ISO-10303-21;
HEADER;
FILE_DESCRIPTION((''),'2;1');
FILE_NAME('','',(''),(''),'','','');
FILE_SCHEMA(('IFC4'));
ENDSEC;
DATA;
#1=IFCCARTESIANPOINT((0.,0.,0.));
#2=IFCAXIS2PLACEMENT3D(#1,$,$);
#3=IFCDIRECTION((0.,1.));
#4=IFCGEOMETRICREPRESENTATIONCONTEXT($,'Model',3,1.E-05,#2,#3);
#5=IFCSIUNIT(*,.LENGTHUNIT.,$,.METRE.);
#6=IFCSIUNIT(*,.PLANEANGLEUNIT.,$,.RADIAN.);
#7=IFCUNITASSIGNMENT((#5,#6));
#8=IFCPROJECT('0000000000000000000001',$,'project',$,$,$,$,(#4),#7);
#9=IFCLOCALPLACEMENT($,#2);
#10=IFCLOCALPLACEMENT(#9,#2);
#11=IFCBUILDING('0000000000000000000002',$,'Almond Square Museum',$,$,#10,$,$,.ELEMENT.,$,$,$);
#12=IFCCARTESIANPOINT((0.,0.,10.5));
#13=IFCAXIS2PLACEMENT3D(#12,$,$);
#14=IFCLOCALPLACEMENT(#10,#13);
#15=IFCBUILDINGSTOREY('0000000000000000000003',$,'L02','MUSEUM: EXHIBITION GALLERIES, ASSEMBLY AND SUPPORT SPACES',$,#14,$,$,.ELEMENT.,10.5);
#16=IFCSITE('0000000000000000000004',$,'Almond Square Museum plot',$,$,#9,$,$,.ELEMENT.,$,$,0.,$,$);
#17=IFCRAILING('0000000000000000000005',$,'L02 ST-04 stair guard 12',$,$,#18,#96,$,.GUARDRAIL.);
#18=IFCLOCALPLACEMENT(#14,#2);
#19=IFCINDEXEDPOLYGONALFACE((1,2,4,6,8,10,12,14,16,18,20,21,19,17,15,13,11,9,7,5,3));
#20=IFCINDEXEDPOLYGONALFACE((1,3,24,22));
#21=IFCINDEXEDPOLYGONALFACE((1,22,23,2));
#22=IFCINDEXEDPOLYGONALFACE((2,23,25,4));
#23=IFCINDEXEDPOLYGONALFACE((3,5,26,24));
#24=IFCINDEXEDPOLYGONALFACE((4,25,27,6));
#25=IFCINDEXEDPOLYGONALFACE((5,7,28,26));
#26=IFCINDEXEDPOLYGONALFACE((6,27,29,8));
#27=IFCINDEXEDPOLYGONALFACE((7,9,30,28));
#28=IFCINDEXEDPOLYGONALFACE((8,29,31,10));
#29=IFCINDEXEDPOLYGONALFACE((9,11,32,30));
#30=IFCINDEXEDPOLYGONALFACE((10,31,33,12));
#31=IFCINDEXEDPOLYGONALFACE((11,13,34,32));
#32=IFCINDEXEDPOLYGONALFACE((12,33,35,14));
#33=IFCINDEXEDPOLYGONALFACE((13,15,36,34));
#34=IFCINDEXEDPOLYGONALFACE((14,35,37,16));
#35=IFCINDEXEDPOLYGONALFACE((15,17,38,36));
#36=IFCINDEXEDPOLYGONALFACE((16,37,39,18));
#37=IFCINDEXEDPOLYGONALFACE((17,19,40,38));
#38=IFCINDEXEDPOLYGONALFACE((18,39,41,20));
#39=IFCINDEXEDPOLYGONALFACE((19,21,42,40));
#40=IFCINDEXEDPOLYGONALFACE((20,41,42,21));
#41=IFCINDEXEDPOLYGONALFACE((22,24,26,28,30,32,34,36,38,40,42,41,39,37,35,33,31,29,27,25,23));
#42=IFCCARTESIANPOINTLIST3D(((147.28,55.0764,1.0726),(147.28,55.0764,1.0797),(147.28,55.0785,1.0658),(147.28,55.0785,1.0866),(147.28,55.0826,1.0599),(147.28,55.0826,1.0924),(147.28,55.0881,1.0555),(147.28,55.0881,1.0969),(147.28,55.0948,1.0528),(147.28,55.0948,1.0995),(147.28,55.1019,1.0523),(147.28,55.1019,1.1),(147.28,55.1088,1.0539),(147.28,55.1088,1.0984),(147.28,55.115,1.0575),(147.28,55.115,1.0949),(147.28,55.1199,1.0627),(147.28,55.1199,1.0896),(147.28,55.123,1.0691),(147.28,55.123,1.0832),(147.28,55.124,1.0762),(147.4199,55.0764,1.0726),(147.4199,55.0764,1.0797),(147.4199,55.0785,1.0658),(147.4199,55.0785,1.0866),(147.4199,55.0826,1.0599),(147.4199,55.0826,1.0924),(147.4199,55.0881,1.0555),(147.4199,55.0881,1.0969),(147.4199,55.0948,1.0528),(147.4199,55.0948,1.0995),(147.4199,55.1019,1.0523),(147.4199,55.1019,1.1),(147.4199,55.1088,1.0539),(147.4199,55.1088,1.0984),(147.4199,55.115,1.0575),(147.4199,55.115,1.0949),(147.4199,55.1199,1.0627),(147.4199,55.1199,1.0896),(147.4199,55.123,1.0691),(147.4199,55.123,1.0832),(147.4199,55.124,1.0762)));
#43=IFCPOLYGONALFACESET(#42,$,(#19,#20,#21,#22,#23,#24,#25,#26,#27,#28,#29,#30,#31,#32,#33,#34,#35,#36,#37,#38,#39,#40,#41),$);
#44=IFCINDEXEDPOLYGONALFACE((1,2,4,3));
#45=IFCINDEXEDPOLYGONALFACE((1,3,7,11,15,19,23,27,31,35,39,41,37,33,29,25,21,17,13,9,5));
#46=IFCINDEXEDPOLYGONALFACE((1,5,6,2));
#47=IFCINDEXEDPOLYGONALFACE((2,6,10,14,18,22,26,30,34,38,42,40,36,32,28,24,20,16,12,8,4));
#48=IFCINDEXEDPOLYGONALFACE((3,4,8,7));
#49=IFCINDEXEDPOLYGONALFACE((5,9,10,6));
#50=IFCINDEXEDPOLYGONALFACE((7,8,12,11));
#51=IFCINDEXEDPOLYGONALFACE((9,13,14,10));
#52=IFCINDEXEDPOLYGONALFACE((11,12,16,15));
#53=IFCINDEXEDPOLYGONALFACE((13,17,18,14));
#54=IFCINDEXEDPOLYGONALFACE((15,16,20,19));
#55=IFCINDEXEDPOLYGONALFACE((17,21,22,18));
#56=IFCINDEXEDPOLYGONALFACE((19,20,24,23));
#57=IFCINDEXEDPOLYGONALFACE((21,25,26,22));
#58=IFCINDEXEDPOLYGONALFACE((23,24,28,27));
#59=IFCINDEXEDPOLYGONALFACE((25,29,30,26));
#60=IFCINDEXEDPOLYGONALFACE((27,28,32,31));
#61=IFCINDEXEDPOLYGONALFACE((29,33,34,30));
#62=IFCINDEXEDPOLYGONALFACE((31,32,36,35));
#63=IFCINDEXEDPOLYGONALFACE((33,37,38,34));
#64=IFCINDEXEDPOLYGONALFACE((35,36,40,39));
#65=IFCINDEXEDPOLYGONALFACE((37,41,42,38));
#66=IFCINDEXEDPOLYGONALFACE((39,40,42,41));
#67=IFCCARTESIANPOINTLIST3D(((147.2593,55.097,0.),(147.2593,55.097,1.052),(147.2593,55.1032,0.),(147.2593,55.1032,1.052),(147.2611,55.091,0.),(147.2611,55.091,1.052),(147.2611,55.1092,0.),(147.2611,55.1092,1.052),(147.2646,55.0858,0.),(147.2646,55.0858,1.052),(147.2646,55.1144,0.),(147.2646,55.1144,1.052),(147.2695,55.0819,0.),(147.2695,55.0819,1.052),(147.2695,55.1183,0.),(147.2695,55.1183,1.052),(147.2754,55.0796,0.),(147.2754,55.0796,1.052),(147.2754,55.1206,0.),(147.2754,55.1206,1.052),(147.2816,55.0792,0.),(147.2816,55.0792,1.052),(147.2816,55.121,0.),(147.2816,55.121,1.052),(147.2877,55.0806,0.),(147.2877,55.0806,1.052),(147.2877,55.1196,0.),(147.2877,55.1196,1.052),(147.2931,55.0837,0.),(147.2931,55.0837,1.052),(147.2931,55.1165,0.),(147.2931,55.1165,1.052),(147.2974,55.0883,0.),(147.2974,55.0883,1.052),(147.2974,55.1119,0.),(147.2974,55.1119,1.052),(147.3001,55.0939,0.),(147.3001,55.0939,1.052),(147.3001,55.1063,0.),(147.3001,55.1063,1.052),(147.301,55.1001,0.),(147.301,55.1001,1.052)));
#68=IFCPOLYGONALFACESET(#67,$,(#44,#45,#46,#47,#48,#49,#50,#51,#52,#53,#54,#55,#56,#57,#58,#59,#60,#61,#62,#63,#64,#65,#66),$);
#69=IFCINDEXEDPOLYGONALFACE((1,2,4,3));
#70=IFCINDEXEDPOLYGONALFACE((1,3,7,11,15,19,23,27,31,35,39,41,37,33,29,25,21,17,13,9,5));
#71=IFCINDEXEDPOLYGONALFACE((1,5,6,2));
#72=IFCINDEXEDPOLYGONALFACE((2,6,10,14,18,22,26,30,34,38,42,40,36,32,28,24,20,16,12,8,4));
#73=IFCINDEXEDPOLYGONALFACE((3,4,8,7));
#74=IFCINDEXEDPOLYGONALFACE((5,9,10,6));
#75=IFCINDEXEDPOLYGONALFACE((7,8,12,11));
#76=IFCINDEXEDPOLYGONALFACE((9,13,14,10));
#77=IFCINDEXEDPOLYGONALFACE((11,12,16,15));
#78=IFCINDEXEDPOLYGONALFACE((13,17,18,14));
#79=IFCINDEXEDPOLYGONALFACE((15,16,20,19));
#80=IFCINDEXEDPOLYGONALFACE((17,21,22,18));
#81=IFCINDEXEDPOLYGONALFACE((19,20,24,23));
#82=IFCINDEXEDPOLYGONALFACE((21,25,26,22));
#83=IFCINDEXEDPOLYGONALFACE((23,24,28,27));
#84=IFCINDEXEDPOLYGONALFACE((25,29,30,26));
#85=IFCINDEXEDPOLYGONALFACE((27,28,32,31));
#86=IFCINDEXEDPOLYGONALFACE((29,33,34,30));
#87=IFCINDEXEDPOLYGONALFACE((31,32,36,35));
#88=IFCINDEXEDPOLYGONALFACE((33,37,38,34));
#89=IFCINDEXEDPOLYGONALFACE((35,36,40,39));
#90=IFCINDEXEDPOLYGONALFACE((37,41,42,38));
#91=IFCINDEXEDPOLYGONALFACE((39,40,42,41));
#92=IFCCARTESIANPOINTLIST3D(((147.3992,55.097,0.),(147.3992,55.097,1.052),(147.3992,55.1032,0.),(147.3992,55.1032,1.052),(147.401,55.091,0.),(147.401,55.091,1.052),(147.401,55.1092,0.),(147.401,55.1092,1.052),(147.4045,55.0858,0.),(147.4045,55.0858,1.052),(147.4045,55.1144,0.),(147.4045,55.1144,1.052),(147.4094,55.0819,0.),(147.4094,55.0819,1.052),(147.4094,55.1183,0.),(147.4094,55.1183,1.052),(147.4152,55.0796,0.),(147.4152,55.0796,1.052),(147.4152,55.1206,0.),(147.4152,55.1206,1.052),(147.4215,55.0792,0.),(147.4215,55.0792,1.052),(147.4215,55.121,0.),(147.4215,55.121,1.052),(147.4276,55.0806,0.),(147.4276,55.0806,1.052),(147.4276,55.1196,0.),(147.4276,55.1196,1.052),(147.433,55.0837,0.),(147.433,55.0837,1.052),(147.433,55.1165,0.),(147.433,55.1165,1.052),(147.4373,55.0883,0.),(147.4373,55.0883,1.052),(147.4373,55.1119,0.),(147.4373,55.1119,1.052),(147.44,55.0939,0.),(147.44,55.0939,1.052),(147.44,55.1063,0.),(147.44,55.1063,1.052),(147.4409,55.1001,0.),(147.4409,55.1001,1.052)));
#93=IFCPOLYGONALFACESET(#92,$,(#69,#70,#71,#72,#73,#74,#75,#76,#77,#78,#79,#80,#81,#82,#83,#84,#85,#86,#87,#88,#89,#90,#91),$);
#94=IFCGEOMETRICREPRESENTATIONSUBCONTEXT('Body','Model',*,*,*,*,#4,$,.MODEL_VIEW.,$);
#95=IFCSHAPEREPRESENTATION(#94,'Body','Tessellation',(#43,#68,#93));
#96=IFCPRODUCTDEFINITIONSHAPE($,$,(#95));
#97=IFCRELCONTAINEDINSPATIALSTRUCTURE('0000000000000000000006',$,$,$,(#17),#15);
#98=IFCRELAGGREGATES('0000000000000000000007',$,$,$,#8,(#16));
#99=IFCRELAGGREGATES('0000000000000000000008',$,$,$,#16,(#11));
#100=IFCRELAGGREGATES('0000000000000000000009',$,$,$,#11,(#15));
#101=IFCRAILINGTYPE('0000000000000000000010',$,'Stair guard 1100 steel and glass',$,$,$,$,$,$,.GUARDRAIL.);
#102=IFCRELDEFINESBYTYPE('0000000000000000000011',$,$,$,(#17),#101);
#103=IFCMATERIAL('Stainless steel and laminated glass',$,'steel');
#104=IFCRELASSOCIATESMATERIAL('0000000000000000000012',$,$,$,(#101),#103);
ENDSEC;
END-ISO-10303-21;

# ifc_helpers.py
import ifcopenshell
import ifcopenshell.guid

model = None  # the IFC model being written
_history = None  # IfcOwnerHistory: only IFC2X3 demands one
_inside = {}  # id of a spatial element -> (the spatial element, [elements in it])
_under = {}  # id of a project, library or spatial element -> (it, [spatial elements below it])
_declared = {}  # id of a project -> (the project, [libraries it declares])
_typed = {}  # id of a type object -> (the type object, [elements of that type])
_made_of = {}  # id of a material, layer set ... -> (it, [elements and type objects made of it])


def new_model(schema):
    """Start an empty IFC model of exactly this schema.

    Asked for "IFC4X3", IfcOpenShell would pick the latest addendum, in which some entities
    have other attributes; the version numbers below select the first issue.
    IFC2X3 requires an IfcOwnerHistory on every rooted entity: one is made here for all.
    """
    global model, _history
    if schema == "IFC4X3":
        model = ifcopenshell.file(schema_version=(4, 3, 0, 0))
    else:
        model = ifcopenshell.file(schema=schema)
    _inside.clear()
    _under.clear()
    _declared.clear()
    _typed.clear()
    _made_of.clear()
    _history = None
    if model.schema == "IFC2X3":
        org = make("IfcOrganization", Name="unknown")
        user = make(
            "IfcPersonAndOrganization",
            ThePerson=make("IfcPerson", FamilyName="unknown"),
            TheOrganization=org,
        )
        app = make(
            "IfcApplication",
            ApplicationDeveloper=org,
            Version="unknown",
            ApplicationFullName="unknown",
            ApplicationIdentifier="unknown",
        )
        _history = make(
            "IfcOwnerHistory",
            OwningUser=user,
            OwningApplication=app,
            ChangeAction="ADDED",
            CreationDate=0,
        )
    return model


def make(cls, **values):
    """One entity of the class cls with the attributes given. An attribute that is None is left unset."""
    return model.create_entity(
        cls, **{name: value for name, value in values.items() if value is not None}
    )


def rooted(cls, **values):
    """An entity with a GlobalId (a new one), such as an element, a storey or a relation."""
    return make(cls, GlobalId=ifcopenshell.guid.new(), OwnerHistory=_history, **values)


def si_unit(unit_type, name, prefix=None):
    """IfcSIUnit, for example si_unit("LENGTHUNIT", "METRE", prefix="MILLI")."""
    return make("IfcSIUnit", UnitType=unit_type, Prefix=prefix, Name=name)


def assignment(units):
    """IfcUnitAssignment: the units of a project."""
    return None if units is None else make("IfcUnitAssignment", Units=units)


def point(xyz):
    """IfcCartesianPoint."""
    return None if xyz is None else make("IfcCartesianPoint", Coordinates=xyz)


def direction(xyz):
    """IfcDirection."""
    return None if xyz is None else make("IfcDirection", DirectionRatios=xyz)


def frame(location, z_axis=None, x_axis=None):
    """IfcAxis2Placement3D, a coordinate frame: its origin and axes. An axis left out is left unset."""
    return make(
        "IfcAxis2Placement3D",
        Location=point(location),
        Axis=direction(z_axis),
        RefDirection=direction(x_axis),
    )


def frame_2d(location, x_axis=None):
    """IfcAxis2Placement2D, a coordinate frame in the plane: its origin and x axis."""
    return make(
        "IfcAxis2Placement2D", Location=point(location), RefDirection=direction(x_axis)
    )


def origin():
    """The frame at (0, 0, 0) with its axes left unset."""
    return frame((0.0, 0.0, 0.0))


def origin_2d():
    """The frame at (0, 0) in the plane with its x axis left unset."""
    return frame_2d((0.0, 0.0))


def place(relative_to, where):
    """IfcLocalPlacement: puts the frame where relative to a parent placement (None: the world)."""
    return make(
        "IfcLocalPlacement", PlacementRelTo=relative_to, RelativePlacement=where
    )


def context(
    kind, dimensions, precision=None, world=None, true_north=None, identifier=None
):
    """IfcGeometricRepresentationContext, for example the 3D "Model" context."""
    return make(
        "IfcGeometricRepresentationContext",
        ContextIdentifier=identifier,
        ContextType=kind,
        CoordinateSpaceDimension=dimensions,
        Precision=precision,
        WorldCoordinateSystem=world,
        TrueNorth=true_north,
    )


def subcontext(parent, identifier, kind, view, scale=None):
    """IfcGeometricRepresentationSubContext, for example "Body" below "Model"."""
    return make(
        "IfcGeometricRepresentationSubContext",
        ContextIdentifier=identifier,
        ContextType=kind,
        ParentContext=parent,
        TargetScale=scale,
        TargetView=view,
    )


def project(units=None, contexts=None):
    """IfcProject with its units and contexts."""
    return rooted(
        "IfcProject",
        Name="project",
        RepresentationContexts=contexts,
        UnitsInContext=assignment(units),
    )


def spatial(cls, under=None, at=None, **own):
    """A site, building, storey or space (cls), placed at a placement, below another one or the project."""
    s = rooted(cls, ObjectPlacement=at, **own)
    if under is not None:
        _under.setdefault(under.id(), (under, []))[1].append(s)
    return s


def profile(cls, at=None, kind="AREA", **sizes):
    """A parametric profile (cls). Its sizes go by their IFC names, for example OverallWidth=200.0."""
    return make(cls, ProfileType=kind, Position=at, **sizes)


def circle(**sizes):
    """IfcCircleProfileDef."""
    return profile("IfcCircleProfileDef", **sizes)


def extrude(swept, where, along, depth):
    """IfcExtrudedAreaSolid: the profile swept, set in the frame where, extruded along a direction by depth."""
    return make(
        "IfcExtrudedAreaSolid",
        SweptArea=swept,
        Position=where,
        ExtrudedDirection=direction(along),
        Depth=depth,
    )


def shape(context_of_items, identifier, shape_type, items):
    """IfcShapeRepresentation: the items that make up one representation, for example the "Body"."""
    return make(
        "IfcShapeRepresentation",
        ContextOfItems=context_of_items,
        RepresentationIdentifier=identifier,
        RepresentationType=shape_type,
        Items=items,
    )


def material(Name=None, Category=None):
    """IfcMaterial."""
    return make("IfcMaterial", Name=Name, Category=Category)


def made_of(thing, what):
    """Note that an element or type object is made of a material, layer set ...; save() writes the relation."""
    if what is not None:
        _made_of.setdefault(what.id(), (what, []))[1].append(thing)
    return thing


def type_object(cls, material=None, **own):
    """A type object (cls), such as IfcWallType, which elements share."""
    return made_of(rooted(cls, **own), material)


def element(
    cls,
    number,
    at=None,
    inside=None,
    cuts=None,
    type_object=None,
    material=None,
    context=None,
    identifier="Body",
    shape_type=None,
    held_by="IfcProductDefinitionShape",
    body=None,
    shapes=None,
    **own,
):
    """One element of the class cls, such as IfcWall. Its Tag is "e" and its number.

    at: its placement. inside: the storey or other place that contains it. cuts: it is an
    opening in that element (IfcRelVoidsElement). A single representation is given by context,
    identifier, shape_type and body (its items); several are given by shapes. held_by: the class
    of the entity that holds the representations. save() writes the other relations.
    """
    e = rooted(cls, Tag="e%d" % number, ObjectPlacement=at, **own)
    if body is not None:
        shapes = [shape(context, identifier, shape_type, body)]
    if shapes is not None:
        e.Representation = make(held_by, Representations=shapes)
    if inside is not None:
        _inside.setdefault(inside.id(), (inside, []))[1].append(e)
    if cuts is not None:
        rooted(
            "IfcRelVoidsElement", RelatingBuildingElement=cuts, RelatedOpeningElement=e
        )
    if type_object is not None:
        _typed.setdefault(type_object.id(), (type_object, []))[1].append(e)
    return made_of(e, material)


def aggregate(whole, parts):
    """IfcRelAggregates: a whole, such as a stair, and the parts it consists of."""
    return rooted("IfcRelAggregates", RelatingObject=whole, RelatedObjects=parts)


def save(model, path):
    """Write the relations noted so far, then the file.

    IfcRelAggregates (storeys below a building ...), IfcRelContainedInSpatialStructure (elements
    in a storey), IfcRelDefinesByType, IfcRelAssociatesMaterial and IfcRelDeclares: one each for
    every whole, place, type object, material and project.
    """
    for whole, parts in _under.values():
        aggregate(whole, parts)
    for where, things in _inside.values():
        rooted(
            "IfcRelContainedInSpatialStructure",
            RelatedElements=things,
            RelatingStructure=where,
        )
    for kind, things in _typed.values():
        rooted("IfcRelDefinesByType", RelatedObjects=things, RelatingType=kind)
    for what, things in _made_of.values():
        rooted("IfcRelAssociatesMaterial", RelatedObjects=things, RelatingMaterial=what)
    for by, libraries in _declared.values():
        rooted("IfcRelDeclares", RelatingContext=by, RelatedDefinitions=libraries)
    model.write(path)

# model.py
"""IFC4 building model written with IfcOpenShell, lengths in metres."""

from ifc_helpers import new_model, si_unit, direction, frame, origin, origin_2d, place, context, subcontext, project, spatial, circle, extrude, material, type_object, element, save


model = new_model("IFC4")

# Units and contexts
model_context = context("Model", 3, precision=1e-05, world=origin(), true_north=direction((0.0, 1.0)))
body_context = subcontext(model_context, "Body", "Model", "MODEL_VIEW")
ifc_project = project(units=[si_unit("LENGTHUNIT", "METRE"), si_unit("PLANEANGLEUNIT", "RADIAN")], contexts=[model_context])

# Site, building, storey
site_placement = place(None, origin())
site = spatial("IfcSite", under=ifc_project, at=site_placement, Name="Almond Square Museum plot", CompositionType="ELEMENT", RefElevation=0.0)
building_placement = place(site_placement, origin())
building = spatial("IfcBuilding", under=site, at=building_placement, Name="Almond Square Museum", CompositionType="ELEMENT")
storey_placement = place(building_placement, frame((0.0, 0.0, 10.5)))
storey = spatial("IfcBuildingStorey", under=building, at=storey_placement, Name="L02", Description="MUSEUM: EXHIBITION GALLERIES, ASSEMBLY AND SUPPORT SPACES", CompositionType="ELEMENT", Elevation=10.5)

# Railing
ifc_material_1 = material(Name="Stainless steel and laminated glass", Category="steel")
railing_type_1 = type_object("IfcRailingType", Name="Stair guard 1100 steel and glass", PredefinedType="GUARDRAIL", material=ifc_material_1)
railing_1_placement = place(storey_placement, frame((147.28, 55.1001, 0.0)))
element("IfcRailing", 1, at=railing_1_placement, inside=storey, type_object=railing_type_1, Name="L02 ST-04 stair guard 12", PredefinedType="GUARDRAIL", context=body_context, shape_type="SweptSolid", body=[
    extrude(circle(Radius=0.0239, at=origin_2d()), frame((0.0, 0.0, 1.0762), z_axis=(1.0, 0.0, 0.0), x_axis=(0.0, 1.0, 0.0)), (0.0, 0.0, 1.0), 0.1399),
    extrude(circle(Radius=0.021, at=origin_2d()), origin(), (0.0, 0.0, 1.0), 1.052),
    extrude(circle(Radius=0.021, at=origin_2d()), frame((0.1399, 0.0, 0.0)), (0.0, 0.0, 1.0), 1.052),
])

save(model, "model.ifc")
